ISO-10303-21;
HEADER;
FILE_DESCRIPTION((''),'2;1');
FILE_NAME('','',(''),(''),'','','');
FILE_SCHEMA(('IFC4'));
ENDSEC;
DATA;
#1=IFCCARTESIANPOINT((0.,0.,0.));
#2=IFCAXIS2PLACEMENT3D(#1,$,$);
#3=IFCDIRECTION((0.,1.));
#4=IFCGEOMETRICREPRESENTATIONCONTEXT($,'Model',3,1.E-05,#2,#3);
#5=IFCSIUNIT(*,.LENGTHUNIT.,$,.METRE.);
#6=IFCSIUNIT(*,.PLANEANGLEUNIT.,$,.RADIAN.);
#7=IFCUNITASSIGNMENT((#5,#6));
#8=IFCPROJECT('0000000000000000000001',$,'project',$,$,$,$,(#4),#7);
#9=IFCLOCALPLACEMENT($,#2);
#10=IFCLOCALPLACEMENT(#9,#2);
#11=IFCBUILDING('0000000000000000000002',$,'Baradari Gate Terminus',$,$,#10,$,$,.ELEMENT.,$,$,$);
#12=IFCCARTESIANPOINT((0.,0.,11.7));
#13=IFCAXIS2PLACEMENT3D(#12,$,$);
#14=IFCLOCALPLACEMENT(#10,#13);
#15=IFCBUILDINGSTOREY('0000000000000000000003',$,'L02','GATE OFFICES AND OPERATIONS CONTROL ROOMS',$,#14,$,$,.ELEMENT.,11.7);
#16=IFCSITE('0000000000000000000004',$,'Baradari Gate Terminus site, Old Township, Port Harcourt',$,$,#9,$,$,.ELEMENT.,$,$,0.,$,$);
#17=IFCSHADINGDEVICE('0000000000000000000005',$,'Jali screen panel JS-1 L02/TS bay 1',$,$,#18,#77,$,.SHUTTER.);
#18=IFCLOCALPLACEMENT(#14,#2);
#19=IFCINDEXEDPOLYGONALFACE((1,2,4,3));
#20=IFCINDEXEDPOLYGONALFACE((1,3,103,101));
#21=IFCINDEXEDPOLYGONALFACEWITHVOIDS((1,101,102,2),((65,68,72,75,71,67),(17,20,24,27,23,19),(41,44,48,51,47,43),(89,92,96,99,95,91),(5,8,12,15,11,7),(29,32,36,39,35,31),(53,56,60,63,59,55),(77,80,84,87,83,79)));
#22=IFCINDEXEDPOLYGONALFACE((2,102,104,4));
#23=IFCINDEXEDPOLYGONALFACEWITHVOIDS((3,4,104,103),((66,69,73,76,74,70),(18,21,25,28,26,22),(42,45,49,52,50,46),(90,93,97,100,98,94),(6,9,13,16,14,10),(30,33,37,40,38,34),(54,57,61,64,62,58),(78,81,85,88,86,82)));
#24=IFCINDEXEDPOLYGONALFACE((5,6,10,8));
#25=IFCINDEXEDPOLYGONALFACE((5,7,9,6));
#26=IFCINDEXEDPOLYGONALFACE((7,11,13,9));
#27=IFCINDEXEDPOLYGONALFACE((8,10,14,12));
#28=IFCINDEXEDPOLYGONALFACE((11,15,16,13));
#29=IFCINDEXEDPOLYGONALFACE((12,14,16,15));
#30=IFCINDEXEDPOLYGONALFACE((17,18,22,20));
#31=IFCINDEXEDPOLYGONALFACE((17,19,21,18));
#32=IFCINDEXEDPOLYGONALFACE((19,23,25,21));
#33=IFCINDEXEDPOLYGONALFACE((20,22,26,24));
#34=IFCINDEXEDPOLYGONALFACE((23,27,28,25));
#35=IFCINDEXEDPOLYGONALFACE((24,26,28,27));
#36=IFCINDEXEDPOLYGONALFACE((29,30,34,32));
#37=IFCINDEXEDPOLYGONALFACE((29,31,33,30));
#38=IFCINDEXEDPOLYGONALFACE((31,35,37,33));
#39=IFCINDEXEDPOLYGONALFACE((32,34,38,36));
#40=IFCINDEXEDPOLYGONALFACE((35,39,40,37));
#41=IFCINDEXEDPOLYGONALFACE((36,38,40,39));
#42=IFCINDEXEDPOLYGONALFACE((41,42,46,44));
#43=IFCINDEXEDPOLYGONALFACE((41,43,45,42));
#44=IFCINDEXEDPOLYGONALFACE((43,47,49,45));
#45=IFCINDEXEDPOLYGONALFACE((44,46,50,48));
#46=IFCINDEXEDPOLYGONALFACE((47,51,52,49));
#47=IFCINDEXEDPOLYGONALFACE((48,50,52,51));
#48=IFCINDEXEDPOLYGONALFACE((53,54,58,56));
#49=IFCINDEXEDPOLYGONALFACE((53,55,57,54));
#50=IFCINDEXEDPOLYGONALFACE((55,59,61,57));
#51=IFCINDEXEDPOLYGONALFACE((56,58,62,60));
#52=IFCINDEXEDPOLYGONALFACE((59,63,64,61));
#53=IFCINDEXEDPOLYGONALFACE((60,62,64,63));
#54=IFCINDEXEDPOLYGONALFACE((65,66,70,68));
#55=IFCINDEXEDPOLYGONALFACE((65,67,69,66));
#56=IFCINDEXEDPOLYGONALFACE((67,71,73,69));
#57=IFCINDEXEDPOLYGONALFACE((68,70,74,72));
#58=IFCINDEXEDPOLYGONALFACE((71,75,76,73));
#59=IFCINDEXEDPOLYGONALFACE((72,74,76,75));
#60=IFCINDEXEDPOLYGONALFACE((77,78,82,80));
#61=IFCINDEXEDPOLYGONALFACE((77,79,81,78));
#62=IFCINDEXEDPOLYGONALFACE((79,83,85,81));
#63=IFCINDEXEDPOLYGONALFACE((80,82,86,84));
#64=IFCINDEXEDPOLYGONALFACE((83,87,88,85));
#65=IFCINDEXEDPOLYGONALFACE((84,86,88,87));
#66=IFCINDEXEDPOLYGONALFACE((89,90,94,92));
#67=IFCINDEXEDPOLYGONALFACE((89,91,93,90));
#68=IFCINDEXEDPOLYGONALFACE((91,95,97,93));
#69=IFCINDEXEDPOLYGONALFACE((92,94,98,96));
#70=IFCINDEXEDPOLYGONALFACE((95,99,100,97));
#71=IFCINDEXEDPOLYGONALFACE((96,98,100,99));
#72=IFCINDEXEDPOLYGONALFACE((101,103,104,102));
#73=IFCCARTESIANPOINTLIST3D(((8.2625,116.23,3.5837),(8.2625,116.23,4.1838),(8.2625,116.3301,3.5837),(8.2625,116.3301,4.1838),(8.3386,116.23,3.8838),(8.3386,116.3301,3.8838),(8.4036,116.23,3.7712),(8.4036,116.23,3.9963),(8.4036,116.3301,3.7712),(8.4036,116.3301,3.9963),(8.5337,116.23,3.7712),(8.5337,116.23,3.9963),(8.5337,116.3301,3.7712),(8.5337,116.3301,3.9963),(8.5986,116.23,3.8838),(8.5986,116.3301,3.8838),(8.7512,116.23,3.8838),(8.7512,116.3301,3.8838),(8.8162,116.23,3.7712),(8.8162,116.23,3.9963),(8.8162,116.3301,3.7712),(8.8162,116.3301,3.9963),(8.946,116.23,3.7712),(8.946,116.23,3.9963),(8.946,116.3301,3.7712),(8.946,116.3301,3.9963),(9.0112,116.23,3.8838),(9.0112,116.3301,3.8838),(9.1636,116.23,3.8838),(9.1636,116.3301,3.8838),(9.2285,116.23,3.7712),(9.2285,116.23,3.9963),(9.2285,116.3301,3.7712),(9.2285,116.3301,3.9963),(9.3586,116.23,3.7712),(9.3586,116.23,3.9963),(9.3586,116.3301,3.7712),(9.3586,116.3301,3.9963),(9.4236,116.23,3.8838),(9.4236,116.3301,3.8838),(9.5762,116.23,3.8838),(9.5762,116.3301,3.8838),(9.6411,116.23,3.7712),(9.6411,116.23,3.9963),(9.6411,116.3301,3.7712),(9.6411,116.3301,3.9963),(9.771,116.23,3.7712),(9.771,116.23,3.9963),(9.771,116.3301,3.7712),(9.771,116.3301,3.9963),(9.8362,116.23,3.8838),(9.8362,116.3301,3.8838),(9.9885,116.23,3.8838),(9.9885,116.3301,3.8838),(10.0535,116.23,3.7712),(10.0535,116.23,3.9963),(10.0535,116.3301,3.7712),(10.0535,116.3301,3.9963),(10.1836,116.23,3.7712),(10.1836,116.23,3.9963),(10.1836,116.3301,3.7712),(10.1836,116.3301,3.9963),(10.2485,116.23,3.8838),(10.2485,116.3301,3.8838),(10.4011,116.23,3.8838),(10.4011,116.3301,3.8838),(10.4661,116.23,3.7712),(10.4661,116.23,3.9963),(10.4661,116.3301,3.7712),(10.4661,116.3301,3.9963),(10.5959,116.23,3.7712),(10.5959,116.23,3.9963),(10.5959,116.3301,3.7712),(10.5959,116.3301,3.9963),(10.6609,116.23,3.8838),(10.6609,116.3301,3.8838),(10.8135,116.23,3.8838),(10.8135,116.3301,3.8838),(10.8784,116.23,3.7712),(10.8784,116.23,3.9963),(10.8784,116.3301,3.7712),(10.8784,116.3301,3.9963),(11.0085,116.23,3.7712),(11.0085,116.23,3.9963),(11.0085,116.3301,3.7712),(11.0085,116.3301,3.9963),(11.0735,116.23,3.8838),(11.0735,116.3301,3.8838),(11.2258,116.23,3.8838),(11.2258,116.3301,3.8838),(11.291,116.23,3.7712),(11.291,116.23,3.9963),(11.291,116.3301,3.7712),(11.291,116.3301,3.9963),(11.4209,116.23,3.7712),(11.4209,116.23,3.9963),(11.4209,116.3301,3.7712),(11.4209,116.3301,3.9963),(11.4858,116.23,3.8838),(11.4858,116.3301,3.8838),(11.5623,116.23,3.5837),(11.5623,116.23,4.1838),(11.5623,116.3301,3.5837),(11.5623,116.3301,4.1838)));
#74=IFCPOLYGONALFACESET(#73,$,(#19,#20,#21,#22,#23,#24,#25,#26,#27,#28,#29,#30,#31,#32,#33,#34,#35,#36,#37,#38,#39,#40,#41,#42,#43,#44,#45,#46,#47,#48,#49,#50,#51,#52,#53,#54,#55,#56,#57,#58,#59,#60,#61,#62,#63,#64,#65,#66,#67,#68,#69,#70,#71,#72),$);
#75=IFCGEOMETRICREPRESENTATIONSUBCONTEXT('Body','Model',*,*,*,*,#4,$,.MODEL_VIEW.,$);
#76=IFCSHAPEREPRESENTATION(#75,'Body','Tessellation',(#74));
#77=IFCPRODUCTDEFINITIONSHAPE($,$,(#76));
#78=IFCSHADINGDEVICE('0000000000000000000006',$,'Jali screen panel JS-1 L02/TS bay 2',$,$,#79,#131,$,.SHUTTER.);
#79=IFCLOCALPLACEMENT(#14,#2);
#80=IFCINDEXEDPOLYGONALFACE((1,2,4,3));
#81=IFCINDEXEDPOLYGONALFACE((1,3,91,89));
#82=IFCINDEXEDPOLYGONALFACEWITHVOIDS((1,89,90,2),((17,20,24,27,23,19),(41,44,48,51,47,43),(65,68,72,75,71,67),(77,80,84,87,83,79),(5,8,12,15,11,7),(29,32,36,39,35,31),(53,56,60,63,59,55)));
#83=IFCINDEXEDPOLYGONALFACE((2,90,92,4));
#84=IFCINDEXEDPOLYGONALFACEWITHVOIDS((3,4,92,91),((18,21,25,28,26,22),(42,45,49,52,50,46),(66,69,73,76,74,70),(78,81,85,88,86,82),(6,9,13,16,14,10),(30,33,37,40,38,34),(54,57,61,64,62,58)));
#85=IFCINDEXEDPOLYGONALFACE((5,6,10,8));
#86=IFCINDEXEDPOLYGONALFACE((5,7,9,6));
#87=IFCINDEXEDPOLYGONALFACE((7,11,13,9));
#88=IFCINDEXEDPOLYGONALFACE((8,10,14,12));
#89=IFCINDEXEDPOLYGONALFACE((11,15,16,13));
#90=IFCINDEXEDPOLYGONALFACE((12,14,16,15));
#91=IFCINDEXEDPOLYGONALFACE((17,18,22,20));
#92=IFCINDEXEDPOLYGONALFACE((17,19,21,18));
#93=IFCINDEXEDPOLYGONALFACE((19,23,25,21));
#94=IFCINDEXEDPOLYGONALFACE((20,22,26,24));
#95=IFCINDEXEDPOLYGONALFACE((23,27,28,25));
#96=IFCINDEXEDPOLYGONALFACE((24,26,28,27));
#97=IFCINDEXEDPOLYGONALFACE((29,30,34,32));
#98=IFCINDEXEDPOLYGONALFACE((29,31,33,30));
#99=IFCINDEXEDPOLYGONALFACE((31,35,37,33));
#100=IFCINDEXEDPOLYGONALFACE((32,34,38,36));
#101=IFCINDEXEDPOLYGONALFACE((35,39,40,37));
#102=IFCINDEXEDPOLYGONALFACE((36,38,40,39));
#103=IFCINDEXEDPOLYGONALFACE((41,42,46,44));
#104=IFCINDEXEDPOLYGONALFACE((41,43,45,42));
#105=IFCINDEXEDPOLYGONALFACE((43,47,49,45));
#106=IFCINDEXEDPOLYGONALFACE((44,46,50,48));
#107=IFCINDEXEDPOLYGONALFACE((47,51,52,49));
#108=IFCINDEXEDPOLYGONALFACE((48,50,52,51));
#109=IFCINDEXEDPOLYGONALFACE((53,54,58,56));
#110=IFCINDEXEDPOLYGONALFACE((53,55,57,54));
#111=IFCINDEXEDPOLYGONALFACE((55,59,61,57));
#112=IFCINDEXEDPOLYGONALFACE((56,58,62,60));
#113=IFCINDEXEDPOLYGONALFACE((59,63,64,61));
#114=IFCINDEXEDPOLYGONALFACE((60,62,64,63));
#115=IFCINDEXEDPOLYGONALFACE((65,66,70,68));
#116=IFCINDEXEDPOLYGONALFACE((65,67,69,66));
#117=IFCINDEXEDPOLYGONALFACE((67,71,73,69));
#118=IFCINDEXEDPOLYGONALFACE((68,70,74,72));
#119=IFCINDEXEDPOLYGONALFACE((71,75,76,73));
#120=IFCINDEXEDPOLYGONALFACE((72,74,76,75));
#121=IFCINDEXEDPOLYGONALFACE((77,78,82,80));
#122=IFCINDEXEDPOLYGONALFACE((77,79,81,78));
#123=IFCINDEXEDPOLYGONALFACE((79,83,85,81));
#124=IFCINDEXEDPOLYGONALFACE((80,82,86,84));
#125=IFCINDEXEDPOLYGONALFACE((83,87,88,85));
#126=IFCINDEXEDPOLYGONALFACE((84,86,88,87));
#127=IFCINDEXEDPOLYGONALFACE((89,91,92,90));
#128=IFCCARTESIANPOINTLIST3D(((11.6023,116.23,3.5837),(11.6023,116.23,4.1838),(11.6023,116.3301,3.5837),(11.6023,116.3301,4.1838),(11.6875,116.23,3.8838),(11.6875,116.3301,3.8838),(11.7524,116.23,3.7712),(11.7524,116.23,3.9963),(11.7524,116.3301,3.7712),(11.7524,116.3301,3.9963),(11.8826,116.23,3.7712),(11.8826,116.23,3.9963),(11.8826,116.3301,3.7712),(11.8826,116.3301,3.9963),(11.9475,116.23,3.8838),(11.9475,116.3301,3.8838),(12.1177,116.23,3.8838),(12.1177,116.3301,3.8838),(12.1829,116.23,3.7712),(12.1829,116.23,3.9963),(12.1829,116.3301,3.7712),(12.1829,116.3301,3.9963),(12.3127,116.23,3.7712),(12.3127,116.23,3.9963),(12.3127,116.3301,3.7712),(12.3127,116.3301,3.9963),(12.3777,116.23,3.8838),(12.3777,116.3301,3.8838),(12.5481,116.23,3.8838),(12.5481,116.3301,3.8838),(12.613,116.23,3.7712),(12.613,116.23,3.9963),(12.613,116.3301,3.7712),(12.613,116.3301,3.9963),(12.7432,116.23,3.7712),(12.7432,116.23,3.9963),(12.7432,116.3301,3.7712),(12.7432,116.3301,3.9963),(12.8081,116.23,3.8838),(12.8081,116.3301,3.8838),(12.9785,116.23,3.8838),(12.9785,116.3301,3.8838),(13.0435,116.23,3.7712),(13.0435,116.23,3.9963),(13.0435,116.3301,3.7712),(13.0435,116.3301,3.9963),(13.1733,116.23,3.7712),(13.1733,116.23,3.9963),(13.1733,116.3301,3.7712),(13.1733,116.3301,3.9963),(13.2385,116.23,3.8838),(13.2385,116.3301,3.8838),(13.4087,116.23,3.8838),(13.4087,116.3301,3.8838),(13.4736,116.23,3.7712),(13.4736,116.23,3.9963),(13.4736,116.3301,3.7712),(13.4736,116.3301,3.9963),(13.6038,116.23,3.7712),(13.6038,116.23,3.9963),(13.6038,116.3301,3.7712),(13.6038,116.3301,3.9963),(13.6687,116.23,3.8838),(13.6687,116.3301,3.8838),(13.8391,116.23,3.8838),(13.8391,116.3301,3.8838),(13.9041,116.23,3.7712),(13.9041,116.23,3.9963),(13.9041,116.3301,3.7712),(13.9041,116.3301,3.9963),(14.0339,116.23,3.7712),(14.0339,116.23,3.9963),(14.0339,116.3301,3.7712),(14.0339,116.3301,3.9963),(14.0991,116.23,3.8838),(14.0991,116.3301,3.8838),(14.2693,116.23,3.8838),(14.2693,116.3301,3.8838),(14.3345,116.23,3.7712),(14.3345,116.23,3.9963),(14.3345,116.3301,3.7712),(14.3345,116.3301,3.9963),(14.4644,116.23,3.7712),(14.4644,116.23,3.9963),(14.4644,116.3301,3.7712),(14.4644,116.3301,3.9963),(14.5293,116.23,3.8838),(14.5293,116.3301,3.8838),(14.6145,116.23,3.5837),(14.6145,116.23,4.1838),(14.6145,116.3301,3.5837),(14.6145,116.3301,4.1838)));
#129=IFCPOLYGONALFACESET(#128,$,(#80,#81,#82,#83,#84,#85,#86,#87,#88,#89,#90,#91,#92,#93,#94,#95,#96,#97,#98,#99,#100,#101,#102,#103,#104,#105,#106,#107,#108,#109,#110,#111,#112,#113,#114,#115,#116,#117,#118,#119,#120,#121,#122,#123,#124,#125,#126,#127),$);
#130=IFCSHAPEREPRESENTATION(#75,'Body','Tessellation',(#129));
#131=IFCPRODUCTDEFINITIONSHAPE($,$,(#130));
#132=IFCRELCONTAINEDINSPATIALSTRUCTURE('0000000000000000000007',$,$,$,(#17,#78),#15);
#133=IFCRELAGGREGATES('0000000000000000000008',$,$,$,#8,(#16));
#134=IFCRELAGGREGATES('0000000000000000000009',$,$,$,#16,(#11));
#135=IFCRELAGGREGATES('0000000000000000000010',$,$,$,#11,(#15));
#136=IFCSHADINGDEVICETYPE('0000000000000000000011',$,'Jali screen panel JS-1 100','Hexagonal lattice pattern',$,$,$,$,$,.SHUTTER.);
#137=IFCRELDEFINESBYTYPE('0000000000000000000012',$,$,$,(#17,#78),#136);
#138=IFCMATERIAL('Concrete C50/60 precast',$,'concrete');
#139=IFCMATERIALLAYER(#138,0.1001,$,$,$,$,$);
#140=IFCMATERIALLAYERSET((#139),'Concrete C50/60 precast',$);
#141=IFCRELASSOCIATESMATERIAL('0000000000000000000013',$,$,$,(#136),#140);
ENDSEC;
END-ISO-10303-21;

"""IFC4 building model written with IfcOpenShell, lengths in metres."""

from ifc_helpers import new_model, si_unit, direction, frame, origin, place, context, subcontext, project, spatial, polyline, outline, extrude, material, layer, layer_set, type_object, element, save


model = new_model("IFC4")

# Units and contexts
model_context = context("Model", 3, precision=1e-05, world=origin(), true_north=direction((0.0, 1.0)))
body_context = subcontext(model_context, "Body", "Model", "MODEL_VIEW")
ifc_project = project(units=[si_unit("LENGTHUNIT", "METRE"), si_unit("PLANEANGLEUNIT", "RADIAN")], contexts=[model_context])

# Site, building, storey
site_placement = place(None, origin())
site = spatial("IfcSite", under=ifc_project, at=site_placement, Name="Baradari Gate Terminus site, Old Township, Port Harcourt", CompositionType="ELEMENT", RefElevation=0.0)
building_placement = place(site_placement, origin())
building = spatial("IfcBuilding", under=site, at=building_placement, Name="Baradari Gate Terminus", CompositionType="ELEMENT")
storey_placement = place(building_placement, frame((0.0, 0.0, 11.7)))
storey = spatial("IfcBuildingStorey", under=building, at=storey_placement, Name="L02", Description="GATE OFFICES AND OPERATIONS CONTROL ROOMS", CompositionType="ELEMENT", Elevation=11.7)

# Shading devices
ifc_material_1 = material(Name="Concrete C50/60 precast", Category="concrete")
ifc_layer_1 = layer(ifc_material_1, 0.1001)
ifc_layer_set_1 = layer_set([ifc_layer_1], Name="Concrete C50/60 precast")
shading_device_type_1 = type_object("IfcShadingDeviceType", Name="Jali screen panel JS-1 100", Description="Hexagonal lattice pattern", PredefinedType="SHUTTER", material=ifc_layer_set_1)
shading_device_1_placement = place(storey_placement, frame((8.2625, 116.28, 3.5837), z_axis=(0.0, 0.0, 1.0), x_axis=(1.0, 0.0, 0.0)))
element("IfcShadingDevice", 1, at=shading_device_1_placement, inside=storey, type_object=shading_device_type_1, Name="Jali screen panel JS-1 L02/TS bay 1", PredefinedType="SHUTTER", context=body_context, shape_type="SweptSolid", body=[
    extrude(outline(polyline([(0.0, 0.0), (3.2998, 0.0), (3.2998, 0.6001), (0.0, 0.6001), (0.0, 0.0)]), holes=[polyline([(0.3362, 0.3), (0.2712, 0.1875), (0.1411, 0.1875), (0.0762, 0.3), (0.1411, 0.4126), (0.2712, 0.4126), (0.3362, 0.3)]), polyline([(0.7488, 0.3), (0.6836, 0.1875), (0.5537, 0.1875), (0.4888, 0.3), (0.5537, 0.4126), (0.6836, 0.4126), (0.7488, 0.3)]), polyline([(1.1611, 0.3), (1.0962, 0.1875), (0.9661, 0.1875), (0.9011, 0.3), (0.9661, 0.4126), (1.0962, 0.4126), (1.1611, 0.3)]), polyline([(1.5737, 0.3), (1.5085, 0.1875), (1.3787, 0.1875), (1.3137, 0.3), (1.3787, 0.4126), (1.5085, 0.4126), (1.5737, 0.3)]), polyline([(1.9861, 0.3), (1.9211, 0.1875), (1.791, 0.1875), (1.7261, 0.3), (1.791, 0.4126), (1.9211, 0.4126), (1.9861, 0.3)]), polyline([(2.3984, 0.3), (2.3335, 0.1875), (2.2036, 0.1875), (2.1387, 0.3), (2.2036, 0.4126), (2.3335, 0.4126), (2.3984, 0.3)]), polyline([(2.811, 0.3), (2.7461, 0.1875), (2.616, 0.1875), (2.551, 0.3), (2.616, 0.4126), (2.7461, 0.4126), (2.811, 0.3)]), polyline([(3.2234, 0.3), (3.1584, 0.1875), (3.0286, 0.1875), (2.9634, 0.3), (3.0286, 0.4126), (3.1584, 0.4126), (3.2234, 0.3)])]), frame((0.0, 0.05, 0.0), z_axis=(0.0, -1.0, 0.0), x_axis=(1.0, 0.0, 0.0)), (0.0, 0.0, 1.0), 0.1001),
])
shading_device_2_placement = place(storey_placement, frame((11.6023, 116.28, 3.5837), z_axis=(0.0, 0.0, 1.0), x_axis=(1.0, 0.0, 0.0)))
element("IfcShadingDevice", 2, at=shading_device_2_placement, inside=storey, type_object=shading_device_type_1, Name="Jali screen panel JS-1 L02/TS bay 2", PredefinedType="SHUTTER", context=body_context, shape_type="SweptSolid", body=[
    extrude(outline(polyline([(0.0, 0.0), (3.0122, 0.0), (3.0122, 0.6001), (0.0, 0.6001), (0.0, 0.0)]), holes=[polyline([(0.3452, 0.3), (0.2803, 0.1875), (0.1501, 0.1875), (0.0852, 0.3), (0.1501, 0.4126), (0.2803, 0.4126), (0.3452, 0.3)]), polyline([(0.7754, 0.3), (0.7104, 0.1875), (0.5806, 0.1875), (0.5154, 0.3), (0.5806, 0.4126), (0.7104, 0.4126), (0.7754, 0.3)]), polyline([(1.2058, 0.3), (1.1409, 0.1875), (1.0107, 0.1875), (0.9458, 0.3), (1.0107, 0.4126), (1.1409, 0.4126), (1.2058, 0.3)]), polyline([(1.6362, 0.3), (1.571, 0.1875), (1.4412, 0.1875), (1.3762, 0.3), (1.4412, 0.4126), (1.571, 0.4126), (1.6362, 0.3)]), polyline([(2.0664, 0.3), (2.0015, 0.1875), (1.8713, 0.1875), (1.8064, 0.3), (1.8713, 0.4126), (2.0015, 0.4126), (2.0664, 0.3)]), polyline([(2.4968, 0.3), (2.4316, 0.1875), (2.3018, 0.1875), (2.2368, 0.3), (2.3018, 0.4126), (2.4316, 0.4126), (2.4968, 0.3)]), polyline([(2.927, 0.3), (2.8621, 0.1875), (2.7322, 0.1875), (2.667, 0.3), (2.7322, 0.4126), (2.8621, 0.4126), (2.927, 0.3)])]), frame((0.0, 0.05, 0.0), z_axis=(0.0, -1.0, 0.0), x_axis=(1.0, 0.0, 0.0)), (0.0, 0.0, 1.0), 0.1001),
])

save(model, "model.ifc")
